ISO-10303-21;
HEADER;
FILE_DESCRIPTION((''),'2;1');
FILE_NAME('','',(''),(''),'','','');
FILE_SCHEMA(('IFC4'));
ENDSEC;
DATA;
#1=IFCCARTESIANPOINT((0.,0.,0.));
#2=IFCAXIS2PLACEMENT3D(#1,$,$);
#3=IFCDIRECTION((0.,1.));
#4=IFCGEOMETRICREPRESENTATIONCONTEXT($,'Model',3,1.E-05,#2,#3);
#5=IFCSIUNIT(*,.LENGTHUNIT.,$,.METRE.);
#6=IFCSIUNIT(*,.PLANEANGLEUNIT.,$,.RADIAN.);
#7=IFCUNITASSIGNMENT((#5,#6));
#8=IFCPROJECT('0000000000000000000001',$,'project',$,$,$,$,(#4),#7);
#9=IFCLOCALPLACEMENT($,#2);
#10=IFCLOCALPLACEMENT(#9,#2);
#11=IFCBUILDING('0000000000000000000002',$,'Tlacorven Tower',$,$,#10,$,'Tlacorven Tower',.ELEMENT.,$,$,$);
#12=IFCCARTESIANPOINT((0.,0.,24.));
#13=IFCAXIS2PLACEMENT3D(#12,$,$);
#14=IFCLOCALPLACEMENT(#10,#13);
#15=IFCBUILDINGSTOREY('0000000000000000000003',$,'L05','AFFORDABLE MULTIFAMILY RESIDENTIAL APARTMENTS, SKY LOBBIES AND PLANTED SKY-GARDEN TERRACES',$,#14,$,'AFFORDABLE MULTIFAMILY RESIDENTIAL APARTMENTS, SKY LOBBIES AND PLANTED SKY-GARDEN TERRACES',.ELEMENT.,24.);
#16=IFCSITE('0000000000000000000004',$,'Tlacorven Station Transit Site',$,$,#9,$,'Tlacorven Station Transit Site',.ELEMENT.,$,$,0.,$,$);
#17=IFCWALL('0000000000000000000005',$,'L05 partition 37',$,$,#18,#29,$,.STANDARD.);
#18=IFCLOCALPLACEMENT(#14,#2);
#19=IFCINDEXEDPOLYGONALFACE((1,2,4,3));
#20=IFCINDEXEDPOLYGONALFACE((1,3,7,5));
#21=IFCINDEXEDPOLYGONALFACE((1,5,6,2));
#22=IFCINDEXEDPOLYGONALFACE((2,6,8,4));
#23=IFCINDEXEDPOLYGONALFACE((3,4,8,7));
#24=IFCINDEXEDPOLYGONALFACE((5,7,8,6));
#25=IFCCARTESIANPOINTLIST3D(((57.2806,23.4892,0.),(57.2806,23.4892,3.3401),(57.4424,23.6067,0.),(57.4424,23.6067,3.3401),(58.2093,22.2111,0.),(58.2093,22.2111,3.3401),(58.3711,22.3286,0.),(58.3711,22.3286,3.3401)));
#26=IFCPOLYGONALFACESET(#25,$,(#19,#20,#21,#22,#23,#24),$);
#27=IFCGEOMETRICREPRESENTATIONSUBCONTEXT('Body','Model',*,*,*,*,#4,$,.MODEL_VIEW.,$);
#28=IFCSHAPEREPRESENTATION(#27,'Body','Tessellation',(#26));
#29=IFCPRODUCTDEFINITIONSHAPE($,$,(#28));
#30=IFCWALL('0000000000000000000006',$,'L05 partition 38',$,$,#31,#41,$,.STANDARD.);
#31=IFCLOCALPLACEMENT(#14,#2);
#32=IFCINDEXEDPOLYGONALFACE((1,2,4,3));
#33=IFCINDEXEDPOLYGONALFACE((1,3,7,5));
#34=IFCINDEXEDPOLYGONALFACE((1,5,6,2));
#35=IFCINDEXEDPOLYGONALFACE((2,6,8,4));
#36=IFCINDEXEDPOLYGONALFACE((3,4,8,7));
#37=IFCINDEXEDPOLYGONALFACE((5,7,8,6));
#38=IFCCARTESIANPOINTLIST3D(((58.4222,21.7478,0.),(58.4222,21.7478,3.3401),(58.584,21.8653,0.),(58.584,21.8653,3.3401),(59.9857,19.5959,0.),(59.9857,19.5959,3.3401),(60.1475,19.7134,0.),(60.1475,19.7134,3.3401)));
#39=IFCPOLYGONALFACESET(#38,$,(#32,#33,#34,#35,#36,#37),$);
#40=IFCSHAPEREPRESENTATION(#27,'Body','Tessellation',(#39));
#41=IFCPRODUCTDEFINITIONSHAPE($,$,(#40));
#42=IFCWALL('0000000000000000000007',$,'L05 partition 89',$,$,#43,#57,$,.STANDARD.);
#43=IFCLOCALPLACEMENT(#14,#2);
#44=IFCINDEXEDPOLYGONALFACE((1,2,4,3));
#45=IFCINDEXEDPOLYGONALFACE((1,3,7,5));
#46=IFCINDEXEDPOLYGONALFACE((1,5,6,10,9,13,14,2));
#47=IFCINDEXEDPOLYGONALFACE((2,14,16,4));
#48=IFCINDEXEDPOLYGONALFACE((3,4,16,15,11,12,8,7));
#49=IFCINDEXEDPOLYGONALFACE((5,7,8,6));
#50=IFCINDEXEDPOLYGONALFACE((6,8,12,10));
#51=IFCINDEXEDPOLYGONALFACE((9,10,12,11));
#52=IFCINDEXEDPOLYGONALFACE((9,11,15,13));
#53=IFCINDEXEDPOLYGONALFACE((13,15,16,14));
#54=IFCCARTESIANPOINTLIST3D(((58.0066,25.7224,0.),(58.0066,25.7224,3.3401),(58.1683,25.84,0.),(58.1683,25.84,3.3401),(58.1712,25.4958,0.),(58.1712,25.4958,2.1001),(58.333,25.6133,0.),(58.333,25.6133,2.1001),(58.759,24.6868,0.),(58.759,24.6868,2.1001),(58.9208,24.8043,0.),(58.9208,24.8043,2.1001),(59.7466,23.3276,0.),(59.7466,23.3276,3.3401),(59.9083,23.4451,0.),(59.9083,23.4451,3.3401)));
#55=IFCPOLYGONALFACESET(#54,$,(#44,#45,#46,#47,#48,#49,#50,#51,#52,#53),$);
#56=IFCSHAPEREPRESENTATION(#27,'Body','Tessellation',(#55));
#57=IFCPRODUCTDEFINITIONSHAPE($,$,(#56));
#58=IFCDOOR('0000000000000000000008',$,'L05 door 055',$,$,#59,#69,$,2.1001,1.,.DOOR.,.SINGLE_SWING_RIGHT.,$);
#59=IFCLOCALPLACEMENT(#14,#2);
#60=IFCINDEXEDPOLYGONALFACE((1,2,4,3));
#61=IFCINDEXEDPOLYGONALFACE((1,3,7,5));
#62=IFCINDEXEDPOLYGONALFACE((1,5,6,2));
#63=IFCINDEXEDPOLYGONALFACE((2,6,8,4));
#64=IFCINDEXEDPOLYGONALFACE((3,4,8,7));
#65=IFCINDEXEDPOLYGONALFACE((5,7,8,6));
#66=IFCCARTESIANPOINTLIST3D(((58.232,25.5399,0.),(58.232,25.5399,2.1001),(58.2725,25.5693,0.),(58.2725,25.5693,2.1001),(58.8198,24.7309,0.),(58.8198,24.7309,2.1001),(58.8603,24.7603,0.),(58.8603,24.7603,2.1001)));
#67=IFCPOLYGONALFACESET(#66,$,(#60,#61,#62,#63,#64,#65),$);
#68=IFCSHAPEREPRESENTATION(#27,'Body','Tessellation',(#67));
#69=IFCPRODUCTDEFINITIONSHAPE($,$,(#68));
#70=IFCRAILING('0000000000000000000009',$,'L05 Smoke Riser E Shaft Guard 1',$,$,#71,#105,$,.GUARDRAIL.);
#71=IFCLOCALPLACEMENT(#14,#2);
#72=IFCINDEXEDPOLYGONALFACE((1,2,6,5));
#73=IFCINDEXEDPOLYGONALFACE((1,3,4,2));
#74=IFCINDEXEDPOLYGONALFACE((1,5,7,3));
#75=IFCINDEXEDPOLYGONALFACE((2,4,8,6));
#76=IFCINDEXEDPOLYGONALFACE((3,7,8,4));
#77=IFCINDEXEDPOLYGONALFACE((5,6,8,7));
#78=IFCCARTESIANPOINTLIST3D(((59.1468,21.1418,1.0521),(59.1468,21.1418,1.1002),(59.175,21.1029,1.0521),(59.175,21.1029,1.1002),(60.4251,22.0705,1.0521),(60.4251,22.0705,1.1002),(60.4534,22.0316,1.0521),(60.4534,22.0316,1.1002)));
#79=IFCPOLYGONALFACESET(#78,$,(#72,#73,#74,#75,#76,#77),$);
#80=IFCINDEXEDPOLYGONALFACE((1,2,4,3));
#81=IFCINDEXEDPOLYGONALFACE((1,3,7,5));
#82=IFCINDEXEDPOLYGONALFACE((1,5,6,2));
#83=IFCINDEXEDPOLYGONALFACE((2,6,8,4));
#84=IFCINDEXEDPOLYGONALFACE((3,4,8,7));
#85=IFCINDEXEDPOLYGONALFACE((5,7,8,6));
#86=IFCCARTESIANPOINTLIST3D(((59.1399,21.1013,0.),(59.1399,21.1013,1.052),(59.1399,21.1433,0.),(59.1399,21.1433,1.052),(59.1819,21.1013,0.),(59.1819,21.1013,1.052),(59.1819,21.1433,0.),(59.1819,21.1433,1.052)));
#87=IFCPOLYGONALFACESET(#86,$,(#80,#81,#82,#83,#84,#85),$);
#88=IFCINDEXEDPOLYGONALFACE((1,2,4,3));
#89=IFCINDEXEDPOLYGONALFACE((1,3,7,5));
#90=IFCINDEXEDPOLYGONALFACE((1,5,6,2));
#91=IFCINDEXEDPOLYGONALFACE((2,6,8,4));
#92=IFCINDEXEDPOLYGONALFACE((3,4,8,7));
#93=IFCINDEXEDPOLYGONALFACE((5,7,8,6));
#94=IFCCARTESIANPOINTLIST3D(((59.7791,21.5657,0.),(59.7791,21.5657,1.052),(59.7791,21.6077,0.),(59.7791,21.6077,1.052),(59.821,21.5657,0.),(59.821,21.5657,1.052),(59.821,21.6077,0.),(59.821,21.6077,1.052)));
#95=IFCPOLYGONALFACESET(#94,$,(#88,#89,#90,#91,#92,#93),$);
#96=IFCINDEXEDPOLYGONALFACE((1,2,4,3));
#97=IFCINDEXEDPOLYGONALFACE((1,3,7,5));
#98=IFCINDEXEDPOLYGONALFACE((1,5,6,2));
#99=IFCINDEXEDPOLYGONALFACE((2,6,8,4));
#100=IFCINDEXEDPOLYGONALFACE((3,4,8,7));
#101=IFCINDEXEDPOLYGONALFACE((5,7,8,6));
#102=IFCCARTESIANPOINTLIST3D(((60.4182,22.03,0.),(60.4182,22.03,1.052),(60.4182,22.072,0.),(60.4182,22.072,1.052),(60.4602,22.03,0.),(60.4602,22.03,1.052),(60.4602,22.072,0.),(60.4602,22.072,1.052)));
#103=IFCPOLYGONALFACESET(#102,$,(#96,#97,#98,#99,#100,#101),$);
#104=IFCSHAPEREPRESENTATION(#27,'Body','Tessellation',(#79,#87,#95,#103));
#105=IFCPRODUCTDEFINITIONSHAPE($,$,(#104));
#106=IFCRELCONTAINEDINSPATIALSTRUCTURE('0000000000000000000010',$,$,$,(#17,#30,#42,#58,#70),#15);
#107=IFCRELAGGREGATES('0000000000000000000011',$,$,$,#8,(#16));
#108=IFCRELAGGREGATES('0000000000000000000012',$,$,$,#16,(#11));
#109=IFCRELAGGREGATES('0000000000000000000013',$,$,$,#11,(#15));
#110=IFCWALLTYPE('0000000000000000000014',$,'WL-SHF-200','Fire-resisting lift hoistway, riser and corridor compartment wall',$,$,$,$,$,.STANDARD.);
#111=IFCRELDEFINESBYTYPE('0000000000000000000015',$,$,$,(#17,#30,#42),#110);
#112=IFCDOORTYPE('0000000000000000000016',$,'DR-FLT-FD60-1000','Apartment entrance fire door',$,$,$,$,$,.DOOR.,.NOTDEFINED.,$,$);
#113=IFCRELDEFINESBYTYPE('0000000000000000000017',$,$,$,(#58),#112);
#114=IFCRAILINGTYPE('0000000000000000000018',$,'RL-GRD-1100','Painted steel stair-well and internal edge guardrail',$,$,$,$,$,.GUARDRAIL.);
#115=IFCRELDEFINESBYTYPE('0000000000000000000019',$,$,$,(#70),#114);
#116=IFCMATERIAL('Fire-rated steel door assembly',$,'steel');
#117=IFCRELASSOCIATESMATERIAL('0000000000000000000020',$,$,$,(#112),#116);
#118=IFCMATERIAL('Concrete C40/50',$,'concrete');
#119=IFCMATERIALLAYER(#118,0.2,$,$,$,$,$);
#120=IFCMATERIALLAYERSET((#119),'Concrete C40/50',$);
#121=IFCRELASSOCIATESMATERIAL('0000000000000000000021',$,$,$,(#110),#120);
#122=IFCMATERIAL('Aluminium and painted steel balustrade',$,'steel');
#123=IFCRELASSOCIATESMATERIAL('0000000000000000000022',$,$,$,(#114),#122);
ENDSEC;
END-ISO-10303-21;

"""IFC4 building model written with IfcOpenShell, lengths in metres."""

from ifc_helpers import new_model, si_unit, direction, frame, frame_2d, origin, origin_2d, place, context, subcontext, project, spatial, rectangle, extrude, source, transform, mapped, material, layer, layer_set, type_object, element, fill, save


model = new_model("IFC4")

# Units and contexts
model_context = context("Model", 3, precision=1e-05, world=origin(), true_north=direction((0.0, 1.0)))
body_context = subcontext(model_context, "Body", "Model", "MODEL_VIEW")
ifc_project = project(units=[si_unit("LENGTHUNIT", "METRE"), si_unit("PLANEANGLEUNIT", "RADIAN")], contexts=[model_context])

# Site, building, storey
site_placement = place(None, origin())
site = spatial("IfcSite", under=ifc_project, at=site_placement, Name="Tlacorven Station Transit Site", LongName="Tlacorven Station Transit Site", CompositionType="ELEMENT", RefElevation=0.0)
building_placement = place(site_placement, origin())
building = spatial("IfcBuilding", under=site, at=building_placement, Name="Tlacorven Tower", LongName="Tlacorven Tower", CompositionType="ELEMENT")
storey_placement = place(building_placement, frame((0.0, 0.0, 24.0)))
storey = spatial("IfcBuildingStorey", under=building, at=storey_placement, Name="L05", Description="AFFORDABLE MULTIFAMILY RESIDENTIAL APARTMENTS, SKY LOBBIES AND PLANTED SKY-GARDEN TERRACES", LongName="AFFORDABLE MULTIFAMILY RESIDENTIAL APARTMENTS, SKY LOBBIES AND PLANTED SKY-GARDEN TERRACES", CompositionType="ELEMENT", Elevation=24.0)

# Shared definitions
ifc_material_1 = material(Name="Fire-rated steel door assembly", Category="steel")
door_type_1 = type_object("IfcDoorType", Name="DR-FLT-FD60-1000", Description="Apartment entrance fire door", OperationType="NOTDEFINED", PredefinedType="DOOR", material=ifc_material_1)
shared_shape_1 = source(origin(), body_context, "Body", "SweptSolid", [
    extrude(rectangle(XDim=1.0, YDim=2.1001, at=frame_2d((0.5, 1.05))), frame((0.0, 0.0249, 0.0), z_axis=(0.0, -1.0, 0.0), x_axis=(1.0, 0.0, 0.0)), (0.0, 0.0, 1.0), 0.05),
])

# Walls
ifc_material_2 = material(Name="Concrete C40/50", Category="concrete")
ifc_layer_1 = layer(ifc_material_2, 0.2)
ifc_layer_set_1 = layer_set([ifc_layer_1], Name="Concrete C40/50")
wall_type_1 = type_object("IfcWallType", Name="WL-SHF-200", Description="Fire-resisting lift hoistway, riser and corridor compartment wall", PredefinedType="STANDARD", material=ifc_layer_set_1)
wall_1_placement = place(storey_placement, frame((58.2903, 22.2698, 0.0), z_axis=(0.0, 0.0, 1.0), x_axis=(-0.587841, 0.808977, 0.0)))
element("IfcWall", 1, at=wall_1_placement, inside=storey, type_object=wall_type_1, Name="L05 partition 37", PredefinedType="STANDARD", context=body_context, shape_type="SweptSolid", body=[
    extrude(rectangle(XDim=1.5798, YDim=0.2, at=frame_2d((0.79, 0.0))), origin(), (0.0, 0.0, 1.0), 3.3401),
])
wall_2_placement = place(storey_placement, frame((60.0667, 19.6545, 0.0), z_axis=(0.0, 0.0, 1.0), x_axis=(-0.587801, 0.809006, 0.0)))
element("IfcWall", 2, at=wall_2_placement, inside=storey, type_object=wall_type_1, Name="L05 partition 38", PredefinedType="STANDARD", context=body_context, shape_type="SweptSolid", body=[
    extrude(rectangle(XDim=2.6599, YDim=0.2, at=frame_2d((1.3301, 0.0))), origin(), (0.0, 0.0, 1.0), 3.3401),
])

# Wall, opening, door
wall_3_placement = place(storey_placement, frame((59.8274, 23.3865, 0.0), z_axis=(0.0, 0.0, 1.0), x_axis=(-0.587804, 0.809003, 0.0)))
wall_3 = element("IfcWall", 3, at=wall_3_placement, inside=storey, type_object=wall_type_1, Name="L05 partition 89", PredefinedType="STANDARD", context=body_context, shape_type="SweptSolid", body=[
    extrude(rectangle(XDim=2.9602, YDim=0.2, at=frame_2d((1.48, 0.0))), origin(), (0.0, 0.0, 1.0), 3.3401),
])
opening_1_placement = place(wall_3_placement, frame((1.6799, 0.0, 0.0)))
opening_1 = element("IfcOpeningElement", 4, at=opening_1_placement, cuts=wall_3, PredefinedType="OPENING", context=body_context, shape_type="SweptSolid", body=[
    extrude(rectangle(XDim=1.0, YDim=2.1001, at=frame_2d((0.5, 1.05))), frame((0.0, 0.1099, 0.0), z_axis=(0.0, -1.0, 0.0), x_axis=(1.0, 0.0, 0.0)), (0.0, 0.0, 1.0), 0.22),
])
door_1_placement = place(opening_1_placement, origin())
door_1 = element("IfcDoor", 5, at=door_1_placement, inside=storey, type_object=door_type_1, Name="L05 door 055", OperationType="SINGLE_SWING_RIGHT", OverallHeight=2.1001, OverallWidth=1.0, PredefinedType="DOOR", context=body_context, shape_type="MappedRepresentation", body=[
    mapped(shared_shape_1, transform((0.0, 0.0, 0.0), scale=1.0)),
])
fill(opening_1, door_1)

# Railing
ifc_material_3 = material(Name="Aluminium and painted steel balustrade", Category="steel")
railing_type = type_object("IfcRailingType", Name="RL-GRD-1100", Description="Painted steel stair-well and internal edge guardrail", PredefinedType="GUARDRAIL", material=ifc_material_3)
shared_shape_2 = source(origin(), body_context, "Body", "SweptSolid", [
    extrude(rectangle(XDim=0.0481, YDim=0.0481, at=origin_2d()), frame((0.0, 0.0, 1.0762), z_axis=(0.80903, 0.587767, 0.0), x_axis=(-0.587767, 0.80903, 0.0)), (0.0, 0.0, 1.0), 1.5801),
    extrude(rectangle(XDim=0.042, YDim=0.042, at=origin_2d()), origin(), (0.0, 0.0, 1.0), 1.052),
    extrude(rectangle(XDim=0.042, YDim=0.042, at=origin_2d()), frame((0.6392, 0.4644, 0.0)), (0.0, 0.0, 1.0), 1.052),
    extrude(rectangle(XDim=0.042, YDim=0.042, at=origin_2d()), frame((1.2783, 0.9287, 0.0)), (0.0, 0.0, 1.0), 1.052),
])
railing_placement = place(storey_placement, frame((59.1609, 21.1223, 0.0)))
element("IfcRailing", 6, at=railing_placement, inside=storey, type_object=railing_type, Name="L05 Smoke Riser E Shaft Guard 1", PredefinedType="GUARDRAIL", context=body_context, shape_type="MappedRepresentation", body=[
    mapped(shared_shape_2, transform((0.0, 0.0, 0.0), scale=1.0)),
])

save(model, "model.ifc")
